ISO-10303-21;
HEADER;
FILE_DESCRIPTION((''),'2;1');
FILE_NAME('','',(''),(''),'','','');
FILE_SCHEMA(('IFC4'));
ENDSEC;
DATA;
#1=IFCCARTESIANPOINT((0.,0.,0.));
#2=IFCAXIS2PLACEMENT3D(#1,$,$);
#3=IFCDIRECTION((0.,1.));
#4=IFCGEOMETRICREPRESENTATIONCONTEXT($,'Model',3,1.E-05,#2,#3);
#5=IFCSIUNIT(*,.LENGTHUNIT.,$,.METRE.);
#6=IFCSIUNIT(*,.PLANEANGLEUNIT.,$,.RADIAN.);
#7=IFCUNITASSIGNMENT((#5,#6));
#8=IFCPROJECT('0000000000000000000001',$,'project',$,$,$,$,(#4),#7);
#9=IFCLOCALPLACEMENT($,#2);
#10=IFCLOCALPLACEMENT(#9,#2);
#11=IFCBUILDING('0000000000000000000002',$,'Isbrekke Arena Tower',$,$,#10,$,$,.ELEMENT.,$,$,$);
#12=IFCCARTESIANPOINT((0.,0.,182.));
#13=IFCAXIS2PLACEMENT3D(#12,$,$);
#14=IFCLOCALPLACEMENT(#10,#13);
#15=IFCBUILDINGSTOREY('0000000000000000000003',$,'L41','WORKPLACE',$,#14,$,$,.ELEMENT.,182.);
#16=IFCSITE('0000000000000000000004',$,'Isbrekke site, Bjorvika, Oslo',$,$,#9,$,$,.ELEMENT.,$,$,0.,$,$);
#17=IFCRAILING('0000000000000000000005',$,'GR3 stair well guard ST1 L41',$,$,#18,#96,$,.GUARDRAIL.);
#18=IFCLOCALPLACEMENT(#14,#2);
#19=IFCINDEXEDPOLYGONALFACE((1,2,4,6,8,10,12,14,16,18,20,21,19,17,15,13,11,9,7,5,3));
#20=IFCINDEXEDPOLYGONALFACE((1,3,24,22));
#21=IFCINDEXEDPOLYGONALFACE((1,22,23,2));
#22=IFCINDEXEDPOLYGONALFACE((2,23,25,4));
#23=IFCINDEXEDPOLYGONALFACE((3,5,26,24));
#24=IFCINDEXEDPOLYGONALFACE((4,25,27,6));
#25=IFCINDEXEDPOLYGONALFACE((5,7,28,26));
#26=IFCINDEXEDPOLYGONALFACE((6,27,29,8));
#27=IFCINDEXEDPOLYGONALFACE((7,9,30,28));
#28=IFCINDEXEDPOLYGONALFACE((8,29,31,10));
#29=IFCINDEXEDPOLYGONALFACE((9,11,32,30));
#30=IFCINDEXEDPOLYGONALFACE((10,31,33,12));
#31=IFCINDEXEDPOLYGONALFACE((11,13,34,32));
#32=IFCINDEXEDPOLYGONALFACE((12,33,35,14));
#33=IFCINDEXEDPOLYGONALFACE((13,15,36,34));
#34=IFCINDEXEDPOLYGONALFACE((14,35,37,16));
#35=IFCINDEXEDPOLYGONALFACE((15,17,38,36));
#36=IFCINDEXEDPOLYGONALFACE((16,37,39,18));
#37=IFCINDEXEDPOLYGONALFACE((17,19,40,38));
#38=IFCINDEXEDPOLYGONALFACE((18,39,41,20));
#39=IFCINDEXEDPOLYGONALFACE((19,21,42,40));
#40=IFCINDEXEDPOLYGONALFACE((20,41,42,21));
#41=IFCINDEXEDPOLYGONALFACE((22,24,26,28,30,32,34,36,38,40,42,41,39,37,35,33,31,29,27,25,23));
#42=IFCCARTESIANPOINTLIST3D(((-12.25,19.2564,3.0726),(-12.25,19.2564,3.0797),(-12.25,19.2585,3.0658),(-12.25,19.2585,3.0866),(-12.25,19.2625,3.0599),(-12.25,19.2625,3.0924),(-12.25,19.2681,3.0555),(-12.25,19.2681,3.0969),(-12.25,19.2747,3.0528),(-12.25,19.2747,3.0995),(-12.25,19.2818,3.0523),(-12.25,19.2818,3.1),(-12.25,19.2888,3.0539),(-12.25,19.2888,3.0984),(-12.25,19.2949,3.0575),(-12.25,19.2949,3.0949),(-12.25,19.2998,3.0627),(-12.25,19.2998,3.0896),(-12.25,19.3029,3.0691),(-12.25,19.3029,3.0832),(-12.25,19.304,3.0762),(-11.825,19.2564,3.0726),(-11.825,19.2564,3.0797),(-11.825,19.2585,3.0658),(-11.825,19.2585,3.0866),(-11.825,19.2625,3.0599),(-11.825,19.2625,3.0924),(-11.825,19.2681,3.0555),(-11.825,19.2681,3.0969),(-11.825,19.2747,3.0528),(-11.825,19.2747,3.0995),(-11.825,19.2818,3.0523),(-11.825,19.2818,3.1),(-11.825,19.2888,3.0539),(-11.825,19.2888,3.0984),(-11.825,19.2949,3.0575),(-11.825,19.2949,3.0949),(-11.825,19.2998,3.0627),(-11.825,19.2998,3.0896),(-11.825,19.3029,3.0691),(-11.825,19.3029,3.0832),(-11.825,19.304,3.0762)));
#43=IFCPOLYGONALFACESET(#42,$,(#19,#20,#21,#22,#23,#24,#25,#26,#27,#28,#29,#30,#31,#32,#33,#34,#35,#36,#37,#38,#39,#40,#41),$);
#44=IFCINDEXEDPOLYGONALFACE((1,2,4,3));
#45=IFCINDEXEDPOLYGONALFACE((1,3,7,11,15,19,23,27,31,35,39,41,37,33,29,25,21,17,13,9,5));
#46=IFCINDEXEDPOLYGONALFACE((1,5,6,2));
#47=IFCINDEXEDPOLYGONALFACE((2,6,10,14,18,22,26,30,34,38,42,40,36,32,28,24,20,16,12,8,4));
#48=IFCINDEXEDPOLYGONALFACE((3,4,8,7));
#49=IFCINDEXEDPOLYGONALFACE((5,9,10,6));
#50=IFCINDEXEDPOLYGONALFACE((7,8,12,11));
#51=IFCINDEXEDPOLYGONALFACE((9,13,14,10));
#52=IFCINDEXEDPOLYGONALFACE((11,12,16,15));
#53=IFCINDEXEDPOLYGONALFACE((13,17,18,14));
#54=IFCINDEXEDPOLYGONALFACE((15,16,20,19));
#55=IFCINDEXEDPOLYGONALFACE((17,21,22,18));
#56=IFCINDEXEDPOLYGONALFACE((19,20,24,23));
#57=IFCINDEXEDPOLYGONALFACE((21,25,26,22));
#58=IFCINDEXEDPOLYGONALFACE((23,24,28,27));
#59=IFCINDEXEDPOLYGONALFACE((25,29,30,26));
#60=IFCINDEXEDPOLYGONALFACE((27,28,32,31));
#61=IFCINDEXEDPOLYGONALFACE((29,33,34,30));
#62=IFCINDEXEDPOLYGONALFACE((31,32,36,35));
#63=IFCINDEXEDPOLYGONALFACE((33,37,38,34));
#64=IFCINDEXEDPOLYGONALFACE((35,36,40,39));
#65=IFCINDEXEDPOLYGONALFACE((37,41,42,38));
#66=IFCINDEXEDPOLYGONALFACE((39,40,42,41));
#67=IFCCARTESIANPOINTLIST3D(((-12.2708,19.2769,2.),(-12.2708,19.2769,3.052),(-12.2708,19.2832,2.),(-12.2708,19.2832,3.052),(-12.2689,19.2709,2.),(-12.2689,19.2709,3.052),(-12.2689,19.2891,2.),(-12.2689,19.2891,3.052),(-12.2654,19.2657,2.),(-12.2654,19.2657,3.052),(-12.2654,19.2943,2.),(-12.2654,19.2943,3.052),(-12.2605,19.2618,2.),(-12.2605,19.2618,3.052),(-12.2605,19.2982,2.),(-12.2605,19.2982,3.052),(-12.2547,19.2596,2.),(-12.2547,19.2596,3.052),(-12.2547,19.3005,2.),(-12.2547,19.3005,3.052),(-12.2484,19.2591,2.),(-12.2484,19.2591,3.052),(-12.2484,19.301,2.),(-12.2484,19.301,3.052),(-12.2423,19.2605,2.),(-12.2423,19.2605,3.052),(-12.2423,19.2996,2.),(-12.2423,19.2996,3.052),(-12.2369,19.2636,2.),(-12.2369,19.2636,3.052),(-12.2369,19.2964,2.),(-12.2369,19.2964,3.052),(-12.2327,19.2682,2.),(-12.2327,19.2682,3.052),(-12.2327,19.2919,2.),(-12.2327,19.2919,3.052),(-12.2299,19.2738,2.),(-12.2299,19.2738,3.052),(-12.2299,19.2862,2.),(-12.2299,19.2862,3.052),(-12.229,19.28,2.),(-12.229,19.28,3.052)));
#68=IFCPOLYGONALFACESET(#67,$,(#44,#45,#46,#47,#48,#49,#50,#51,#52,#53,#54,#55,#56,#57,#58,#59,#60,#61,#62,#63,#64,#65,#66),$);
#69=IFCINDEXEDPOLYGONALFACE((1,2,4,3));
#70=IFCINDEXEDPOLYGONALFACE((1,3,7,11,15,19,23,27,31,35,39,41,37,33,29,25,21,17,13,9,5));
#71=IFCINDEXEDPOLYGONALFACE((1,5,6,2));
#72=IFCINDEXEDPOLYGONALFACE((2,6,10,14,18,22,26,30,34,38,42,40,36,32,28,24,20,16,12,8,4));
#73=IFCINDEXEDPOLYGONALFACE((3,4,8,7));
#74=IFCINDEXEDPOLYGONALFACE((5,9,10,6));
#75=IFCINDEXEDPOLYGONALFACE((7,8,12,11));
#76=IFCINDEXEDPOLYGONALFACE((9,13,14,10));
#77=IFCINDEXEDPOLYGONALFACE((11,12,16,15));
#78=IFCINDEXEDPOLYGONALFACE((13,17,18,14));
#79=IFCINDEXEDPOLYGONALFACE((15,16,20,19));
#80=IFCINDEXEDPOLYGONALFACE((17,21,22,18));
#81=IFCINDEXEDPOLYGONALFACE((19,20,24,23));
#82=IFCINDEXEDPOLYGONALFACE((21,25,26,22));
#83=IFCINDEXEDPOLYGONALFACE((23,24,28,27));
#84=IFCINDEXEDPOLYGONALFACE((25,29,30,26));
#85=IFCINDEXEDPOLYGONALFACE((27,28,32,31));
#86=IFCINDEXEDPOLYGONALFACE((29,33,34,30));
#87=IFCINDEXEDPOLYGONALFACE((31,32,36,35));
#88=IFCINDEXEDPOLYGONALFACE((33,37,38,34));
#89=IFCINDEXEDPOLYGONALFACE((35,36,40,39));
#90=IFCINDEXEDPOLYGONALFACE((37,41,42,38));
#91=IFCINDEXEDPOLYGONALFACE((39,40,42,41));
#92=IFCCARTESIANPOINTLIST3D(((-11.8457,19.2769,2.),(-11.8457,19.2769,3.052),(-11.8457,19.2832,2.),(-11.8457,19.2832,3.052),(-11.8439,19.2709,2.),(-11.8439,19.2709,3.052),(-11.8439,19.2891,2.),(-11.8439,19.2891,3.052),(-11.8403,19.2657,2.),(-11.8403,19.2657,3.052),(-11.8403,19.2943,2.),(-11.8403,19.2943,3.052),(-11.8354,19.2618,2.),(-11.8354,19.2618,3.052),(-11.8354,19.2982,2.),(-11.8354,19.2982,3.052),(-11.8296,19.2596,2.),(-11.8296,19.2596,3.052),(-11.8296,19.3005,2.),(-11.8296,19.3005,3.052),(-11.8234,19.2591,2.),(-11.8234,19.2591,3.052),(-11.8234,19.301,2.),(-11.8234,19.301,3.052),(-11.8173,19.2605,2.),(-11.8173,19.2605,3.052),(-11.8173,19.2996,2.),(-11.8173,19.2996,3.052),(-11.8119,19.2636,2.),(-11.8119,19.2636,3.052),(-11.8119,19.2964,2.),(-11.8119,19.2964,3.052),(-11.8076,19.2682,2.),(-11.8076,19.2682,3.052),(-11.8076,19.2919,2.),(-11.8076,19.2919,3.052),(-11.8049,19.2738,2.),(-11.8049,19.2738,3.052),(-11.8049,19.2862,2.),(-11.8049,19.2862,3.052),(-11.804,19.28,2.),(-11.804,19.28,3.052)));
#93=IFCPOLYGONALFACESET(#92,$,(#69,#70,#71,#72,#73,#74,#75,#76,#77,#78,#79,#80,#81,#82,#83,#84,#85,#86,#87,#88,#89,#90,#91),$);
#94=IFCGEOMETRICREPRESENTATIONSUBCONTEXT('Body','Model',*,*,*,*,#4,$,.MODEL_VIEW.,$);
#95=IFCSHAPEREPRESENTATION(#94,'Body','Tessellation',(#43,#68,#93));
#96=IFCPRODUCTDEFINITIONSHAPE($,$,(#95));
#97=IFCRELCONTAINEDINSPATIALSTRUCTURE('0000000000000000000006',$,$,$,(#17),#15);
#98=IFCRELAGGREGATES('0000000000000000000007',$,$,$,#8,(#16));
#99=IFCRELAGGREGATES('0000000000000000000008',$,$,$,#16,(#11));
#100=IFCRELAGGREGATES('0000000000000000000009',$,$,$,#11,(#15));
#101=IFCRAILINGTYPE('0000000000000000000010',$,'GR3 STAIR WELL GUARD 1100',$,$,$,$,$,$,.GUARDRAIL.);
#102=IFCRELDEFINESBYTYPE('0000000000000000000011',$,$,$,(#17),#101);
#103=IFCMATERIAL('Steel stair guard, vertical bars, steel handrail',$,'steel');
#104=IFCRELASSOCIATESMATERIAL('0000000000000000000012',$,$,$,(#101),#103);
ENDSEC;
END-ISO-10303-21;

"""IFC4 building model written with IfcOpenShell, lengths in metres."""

from ifc_helpers import new_model, si_unit, direction, frame, origin, origin_2d, place, context, subcontext, project, spatial, circle, extrude, material, type_object, element, save


model = new_model("IFC4")

# Units and contexts
model_context = context("Model", 3, precision=1e-05, world=origin(), true_north=direction((0.0, 1.0)))
body_context = subcontext(model_context, "Body", "Model", "MODEL_VIEW")
ifc_project = project(units=[si_unit("LENGTHUNIT", "METRE"), si_unit("PLANEANGLEUNIT", "RADIAN")], contexts=[model_context])

# Site, building, storey
site_placement = place(None, origin())
site = spatial("IfcSite", under=ifc_project, at=site_placement, Name="Isbrekke site, Bjorvika, Oslo", CompositionType="ELEMENT", RefElevation=0.0)
building_placement = place(site_placement, origin())
building = spatial("IfcBuilding", under=site, at=building_placement, Name="Isbrekke Arena Tower", CompositionType="ELEMENT")
storey_placement = place(building_placement, frame((0.0, 0.0, 182.0)))
storey = spatial("IfcBuildingStorey", under=building, at=storey_placement, Name="L41", Description="WORKPLACE", CompositionType="ELEMENT", Elevation=182.0)

# Railing
ifc_material_1 = material(Name="Steel stair guard, vertical bars, steel handrail", Category="steel")
railing_type = type_object("IfcRailingType", Name="GR3 STAIR WELL GUARD 1100", PredefinedType="GUARDRAIL", material=ifc_material_1)
for number, where, name in (
    (1, (-12.25, 19.28, 2.0), "GR3 stair well guard ST1 L41"),
):
    element("IfcRailing", number, at=place(storey_placement, frame(where)), inside=storey, type_object=railing_type, Name=name, PredefinedType="GUARDRAIL", context=body_context, shape_type="SweptSolid", body=[
        extrude(circle(Radius=0.0239, at=origin_2d()), frame((0.0, 0.0, 1.0762), z_axis=(1.0, 0.0, 0.0), x_axis=(0.0, 1.0, 0.0)), (0.0, 0.0, 1.0), 0.425),
        extrude(circle(Radius=0.021, at=origin_2d()), origin(), (0.0, 0.0, 1.0), 1.052),
        extrude(circle(Radius=0.021, at=origin_2d()), frame((0.425, 0.0, 0.0)), (0.0, 0.0, 1.0), 1.052),
    ])

save(model, "model.ifc")
